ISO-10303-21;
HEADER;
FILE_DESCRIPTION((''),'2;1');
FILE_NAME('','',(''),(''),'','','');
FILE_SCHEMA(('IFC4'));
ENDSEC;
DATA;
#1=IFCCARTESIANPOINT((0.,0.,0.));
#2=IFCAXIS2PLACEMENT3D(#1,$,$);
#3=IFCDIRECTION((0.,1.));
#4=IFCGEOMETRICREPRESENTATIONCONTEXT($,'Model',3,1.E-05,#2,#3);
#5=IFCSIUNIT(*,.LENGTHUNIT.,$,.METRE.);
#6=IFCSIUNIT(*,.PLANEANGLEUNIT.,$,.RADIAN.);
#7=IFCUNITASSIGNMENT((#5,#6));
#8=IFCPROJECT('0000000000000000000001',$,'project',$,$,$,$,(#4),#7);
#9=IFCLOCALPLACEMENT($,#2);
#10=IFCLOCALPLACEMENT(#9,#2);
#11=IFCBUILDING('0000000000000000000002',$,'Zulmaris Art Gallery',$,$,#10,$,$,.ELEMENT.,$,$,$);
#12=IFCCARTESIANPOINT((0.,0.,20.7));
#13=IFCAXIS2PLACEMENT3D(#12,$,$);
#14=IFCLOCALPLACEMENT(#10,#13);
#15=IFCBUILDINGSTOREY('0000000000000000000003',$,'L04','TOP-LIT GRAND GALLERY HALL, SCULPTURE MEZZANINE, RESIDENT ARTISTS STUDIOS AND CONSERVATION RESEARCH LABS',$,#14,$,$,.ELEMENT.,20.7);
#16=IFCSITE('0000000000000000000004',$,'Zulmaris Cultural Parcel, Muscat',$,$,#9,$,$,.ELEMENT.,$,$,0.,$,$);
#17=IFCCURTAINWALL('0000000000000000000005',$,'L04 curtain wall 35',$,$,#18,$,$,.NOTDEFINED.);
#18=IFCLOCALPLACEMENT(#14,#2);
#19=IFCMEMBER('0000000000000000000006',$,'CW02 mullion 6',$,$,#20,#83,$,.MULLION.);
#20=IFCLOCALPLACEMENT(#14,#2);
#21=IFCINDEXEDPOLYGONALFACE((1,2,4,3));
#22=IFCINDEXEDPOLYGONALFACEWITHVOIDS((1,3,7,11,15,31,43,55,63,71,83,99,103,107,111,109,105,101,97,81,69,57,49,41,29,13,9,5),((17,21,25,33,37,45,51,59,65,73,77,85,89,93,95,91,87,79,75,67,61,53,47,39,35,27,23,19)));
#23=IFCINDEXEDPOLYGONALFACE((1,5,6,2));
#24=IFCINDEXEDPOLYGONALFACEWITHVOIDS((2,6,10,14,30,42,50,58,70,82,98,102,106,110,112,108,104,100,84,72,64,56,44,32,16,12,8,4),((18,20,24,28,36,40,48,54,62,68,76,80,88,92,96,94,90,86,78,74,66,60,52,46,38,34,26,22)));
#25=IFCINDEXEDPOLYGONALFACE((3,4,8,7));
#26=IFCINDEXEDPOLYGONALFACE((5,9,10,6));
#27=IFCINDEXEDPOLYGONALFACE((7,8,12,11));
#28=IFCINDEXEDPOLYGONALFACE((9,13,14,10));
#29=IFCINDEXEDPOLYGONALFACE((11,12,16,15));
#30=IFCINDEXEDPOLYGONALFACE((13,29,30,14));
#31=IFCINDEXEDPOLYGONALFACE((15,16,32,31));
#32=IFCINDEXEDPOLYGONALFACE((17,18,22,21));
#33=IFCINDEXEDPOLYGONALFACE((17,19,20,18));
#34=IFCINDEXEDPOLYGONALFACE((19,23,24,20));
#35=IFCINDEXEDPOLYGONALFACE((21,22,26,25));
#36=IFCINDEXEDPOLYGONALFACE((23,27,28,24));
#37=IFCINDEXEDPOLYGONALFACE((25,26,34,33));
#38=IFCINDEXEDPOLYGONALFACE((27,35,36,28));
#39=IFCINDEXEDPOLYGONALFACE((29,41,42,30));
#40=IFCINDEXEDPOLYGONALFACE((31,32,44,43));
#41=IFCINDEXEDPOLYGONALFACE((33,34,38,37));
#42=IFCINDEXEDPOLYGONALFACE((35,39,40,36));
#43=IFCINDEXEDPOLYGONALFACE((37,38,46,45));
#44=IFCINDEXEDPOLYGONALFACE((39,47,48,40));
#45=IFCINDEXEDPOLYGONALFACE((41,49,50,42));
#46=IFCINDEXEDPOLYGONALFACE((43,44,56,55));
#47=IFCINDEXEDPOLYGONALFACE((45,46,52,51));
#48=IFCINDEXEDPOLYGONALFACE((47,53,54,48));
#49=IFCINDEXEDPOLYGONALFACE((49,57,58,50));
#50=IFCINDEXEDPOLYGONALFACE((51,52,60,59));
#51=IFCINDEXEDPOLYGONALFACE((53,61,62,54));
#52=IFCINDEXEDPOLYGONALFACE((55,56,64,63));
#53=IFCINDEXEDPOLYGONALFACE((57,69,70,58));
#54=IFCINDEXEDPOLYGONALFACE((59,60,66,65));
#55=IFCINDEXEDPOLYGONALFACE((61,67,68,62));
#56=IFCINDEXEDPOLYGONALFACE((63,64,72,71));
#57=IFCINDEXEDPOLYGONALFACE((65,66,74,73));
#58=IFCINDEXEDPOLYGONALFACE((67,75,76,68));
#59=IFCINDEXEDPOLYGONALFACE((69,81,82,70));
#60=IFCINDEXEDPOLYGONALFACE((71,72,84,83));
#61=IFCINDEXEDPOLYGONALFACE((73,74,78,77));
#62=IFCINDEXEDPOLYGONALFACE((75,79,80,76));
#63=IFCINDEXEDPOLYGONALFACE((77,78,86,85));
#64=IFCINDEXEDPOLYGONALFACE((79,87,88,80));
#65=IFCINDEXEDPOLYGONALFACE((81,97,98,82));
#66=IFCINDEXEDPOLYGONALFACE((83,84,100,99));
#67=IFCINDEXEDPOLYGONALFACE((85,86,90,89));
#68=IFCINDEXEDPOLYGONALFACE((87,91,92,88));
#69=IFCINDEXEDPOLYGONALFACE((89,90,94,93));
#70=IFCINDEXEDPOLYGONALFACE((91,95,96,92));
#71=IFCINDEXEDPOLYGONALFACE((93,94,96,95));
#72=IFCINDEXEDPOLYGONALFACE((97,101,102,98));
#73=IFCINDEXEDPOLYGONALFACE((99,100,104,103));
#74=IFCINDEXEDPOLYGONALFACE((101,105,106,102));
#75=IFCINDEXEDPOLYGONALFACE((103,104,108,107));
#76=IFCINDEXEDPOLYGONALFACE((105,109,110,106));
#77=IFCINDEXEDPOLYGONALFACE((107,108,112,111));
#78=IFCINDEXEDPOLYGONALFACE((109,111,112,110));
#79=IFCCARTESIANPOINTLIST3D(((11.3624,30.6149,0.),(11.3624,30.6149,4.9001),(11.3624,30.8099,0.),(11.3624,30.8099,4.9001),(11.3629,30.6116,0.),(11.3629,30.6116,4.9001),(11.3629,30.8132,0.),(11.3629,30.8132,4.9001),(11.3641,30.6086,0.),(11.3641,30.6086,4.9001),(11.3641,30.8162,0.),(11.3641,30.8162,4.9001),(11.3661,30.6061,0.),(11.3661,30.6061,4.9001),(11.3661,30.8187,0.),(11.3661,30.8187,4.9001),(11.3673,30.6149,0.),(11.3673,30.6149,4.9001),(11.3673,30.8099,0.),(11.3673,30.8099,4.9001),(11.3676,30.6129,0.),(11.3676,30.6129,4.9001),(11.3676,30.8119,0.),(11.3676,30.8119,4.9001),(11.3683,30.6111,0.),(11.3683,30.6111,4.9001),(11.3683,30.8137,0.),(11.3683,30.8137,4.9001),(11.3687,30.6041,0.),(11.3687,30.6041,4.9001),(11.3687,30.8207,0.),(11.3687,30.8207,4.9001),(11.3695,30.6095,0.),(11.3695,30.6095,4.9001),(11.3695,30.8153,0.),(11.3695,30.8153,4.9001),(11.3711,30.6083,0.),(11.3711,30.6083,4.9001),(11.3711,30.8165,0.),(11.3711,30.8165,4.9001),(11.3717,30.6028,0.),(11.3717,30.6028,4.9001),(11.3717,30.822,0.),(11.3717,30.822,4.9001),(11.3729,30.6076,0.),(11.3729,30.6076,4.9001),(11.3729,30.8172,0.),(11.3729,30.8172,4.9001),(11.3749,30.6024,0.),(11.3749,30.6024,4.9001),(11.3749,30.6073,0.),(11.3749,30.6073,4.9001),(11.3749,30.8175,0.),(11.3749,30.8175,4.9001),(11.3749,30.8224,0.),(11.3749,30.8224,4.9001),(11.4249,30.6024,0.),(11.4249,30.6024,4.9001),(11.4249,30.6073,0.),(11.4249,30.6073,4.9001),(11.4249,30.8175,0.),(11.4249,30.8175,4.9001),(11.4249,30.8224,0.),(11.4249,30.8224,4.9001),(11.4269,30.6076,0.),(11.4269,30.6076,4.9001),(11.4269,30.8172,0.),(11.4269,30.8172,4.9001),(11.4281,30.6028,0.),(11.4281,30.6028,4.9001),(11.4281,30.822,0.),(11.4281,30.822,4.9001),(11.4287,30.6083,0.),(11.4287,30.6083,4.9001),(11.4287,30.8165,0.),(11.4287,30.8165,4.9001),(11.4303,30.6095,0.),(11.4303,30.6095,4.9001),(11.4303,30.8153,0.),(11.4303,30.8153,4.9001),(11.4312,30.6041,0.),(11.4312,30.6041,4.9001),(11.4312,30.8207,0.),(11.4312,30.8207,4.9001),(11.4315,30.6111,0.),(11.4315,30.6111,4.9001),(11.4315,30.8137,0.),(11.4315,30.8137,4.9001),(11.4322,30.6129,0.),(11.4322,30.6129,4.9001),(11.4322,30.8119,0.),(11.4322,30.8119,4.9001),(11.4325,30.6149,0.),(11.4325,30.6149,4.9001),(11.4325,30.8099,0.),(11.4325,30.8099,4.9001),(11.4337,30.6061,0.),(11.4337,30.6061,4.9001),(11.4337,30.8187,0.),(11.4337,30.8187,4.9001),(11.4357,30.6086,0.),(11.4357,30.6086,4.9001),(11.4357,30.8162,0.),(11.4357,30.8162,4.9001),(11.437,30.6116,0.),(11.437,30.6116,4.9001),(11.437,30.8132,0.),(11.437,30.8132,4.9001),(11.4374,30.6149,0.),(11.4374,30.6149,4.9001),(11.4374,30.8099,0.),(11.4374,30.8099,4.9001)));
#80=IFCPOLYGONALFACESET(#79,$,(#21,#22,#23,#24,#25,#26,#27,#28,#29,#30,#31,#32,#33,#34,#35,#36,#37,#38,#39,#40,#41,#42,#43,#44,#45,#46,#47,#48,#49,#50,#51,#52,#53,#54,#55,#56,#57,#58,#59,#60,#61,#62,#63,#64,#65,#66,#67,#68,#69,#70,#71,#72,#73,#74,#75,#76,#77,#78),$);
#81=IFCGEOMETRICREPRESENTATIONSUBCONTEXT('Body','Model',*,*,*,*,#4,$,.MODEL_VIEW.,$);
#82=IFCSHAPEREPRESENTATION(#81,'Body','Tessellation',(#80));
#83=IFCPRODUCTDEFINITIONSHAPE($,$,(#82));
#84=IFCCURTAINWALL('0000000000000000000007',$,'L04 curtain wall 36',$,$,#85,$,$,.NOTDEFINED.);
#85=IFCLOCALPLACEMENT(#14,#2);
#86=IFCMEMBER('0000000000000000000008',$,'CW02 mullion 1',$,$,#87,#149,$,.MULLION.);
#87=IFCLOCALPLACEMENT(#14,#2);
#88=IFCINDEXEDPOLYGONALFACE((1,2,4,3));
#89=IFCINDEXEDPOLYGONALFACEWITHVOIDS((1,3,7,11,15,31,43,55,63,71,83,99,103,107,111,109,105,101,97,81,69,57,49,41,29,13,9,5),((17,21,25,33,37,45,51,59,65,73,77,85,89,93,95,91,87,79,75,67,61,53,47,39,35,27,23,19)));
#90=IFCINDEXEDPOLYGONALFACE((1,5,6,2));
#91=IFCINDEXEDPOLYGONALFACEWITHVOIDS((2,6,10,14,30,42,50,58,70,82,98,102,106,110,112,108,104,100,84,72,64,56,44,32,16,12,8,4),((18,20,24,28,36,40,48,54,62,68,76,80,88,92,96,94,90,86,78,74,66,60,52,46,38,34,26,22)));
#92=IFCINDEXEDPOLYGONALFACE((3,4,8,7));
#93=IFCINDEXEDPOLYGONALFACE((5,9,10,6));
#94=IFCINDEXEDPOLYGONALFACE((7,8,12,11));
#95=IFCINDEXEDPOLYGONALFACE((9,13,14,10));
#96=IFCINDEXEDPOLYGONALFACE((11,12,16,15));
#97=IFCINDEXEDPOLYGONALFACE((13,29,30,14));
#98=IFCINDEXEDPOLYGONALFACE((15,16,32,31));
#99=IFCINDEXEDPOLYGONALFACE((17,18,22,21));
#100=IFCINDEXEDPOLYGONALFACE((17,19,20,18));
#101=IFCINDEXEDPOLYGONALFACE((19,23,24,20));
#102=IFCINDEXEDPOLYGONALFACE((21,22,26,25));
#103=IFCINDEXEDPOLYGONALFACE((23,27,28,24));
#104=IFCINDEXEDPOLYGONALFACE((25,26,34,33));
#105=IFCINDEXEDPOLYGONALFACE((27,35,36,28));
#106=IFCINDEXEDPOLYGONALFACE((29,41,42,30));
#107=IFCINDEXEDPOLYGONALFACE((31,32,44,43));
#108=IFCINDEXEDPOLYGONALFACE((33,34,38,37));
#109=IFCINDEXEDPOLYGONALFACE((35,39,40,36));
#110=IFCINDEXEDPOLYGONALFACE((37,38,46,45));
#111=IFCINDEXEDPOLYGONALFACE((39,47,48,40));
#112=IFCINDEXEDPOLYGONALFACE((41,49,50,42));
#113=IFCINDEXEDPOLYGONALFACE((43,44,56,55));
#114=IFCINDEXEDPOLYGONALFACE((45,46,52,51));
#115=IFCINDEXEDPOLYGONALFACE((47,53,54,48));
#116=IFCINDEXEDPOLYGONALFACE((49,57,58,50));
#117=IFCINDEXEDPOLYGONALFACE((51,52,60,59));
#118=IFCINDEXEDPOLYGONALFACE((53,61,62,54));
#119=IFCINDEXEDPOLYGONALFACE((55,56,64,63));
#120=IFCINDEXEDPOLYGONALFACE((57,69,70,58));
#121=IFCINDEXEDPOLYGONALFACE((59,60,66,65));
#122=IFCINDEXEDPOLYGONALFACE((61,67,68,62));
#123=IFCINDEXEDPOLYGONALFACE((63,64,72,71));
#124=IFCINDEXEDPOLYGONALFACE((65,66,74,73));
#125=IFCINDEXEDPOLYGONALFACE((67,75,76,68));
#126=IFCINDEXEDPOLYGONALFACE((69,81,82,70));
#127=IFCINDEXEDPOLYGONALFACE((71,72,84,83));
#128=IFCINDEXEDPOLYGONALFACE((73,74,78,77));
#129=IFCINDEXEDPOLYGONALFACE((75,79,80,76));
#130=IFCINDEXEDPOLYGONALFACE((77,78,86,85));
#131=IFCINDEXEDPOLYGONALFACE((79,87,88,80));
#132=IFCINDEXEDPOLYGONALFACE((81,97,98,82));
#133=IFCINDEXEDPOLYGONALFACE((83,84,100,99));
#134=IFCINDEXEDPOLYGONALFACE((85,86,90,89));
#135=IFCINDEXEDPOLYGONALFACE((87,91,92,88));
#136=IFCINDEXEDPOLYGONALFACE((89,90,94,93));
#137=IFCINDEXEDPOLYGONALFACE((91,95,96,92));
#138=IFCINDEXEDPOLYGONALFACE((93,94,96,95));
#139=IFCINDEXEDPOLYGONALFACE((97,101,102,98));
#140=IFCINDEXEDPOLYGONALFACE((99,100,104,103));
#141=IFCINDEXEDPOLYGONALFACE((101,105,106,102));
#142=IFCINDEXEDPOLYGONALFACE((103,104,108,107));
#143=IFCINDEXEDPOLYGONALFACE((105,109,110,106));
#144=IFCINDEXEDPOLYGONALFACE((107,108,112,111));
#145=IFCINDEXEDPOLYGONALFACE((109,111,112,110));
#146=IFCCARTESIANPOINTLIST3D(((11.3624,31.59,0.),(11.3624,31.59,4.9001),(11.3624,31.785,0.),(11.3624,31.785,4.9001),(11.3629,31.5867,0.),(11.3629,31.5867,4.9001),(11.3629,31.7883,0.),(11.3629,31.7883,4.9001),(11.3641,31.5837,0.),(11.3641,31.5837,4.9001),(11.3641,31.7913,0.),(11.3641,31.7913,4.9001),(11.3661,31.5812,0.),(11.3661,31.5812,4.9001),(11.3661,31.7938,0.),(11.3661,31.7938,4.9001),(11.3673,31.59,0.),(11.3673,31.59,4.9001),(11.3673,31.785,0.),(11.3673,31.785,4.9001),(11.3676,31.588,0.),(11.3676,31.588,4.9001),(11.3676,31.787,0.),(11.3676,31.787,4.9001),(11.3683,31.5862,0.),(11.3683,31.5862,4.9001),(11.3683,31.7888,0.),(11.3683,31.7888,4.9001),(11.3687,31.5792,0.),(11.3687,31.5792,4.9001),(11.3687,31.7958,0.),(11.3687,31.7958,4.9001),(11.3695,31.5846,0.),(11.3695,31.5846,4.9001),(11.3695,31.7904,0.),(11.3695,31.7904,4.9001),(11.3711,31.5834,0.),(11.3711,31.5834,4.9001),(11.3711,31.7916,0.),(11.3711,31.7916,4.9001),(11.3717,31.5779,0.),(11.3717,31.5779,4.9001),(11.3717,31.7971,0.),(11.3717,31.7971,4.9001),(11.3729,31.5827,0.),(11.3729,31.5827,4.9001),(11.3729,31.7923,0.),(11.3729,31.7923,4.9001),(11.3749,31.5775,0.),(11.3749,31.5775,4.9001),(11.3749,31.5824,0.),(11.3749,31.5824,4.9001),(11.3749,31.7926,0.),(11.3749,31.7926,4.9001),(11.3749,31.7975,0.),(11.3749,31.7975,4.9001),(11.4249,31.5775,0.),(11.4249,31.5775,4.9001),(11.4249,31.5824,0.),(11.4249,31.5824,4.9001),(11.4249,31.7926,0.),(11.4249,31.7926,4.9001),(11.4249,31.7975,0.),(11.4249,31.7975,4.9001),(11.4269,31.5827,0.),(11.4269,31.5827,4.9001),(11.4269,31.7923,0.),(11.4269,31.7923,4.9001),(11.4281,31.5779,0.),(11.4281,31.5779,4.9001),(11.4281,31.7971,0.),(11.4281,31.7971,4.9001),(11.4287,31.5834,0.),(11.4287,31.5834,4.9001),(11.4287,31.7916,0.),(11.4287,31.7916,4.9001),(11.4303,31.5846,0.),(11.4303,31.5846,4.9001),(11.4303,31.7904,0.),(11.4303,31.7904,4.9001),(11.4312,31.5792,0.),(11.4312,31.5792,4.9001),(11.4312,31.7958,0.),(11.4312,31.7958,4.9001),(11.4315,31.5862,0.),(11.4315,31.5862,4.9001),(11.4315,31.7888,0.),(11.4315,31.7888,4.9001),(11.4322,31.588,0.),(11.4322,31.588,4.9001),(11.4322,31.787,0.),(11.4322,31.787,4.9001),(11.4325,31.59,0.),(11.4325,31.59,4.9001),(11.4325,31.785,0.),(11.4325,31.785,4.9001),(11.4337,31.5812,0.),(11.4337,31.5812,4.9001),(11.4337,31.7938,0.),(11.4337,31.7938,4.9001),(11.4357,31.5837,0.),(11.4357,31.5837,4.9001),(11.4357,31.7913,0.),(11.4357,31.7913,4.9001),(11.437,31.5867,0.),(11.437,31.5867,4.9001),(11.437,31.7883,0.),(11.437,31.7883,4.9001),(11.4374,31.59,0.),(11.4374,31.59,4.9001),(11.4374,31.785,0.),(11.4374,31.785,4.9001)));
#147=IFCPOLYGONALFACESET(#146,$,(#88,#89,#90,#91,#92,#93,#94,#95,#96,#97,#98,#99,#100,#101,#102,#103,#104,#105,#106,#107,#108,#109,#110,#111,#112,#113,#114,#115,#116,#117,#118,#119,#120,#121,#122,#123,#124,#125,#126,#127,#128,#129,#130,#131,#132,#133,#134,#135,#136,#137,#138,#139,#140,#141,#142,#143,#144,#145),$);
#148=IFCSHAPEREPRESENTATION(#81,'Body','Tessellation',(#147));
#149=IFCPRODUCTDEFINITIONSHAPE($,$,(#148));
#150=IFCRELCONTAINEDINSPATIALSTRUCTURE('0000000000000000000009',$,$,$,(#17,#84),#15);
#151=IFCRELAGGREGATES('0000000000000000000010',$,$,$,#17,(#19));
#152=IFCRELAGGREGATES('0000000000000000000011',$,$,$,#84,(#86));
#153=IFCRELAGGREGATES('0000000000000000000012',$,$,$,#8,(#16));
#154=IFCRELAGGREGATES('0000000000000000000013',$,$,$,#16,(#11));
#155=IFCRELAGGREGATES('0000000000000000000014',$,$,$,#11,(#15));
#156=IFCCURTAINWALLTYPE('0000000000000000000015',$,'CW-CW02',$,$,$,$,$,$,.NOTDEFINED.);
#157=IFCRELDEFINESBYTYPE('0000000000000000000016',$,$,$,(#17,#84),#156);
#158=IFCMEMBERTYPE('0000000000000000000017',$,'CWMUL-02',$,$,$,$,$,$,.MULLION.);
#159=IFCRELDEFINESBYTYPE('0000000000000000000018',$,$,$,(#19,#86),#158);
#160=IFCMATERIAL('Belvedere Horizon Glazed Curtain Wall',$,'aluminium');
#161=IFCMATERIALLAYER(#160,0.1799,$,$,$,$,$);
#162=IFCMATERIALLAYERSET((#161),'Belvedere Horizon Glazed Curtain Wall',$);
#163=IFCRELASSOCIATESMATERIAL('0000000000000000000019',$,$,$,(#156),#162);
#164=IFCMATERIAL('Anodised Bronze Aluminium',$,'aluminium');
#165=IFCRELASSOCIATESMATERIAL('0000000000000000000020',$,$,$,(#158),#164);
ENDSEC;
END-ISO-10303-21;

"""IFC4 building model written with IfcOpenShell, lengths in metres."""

from ifc_helpers import new_model, si_unit, direction, frame, origin, origin_2d, place, context, subcontext, project, spatial, hollow_rectangle, extrude, material, layer, layer_set, material_profile, profile_set, type_object, element, aggregate, save


model = new_model("IFC4")

# Units and contexts
model_context = context("Model", 3, precision=1e-05, world=origin(), true_north=direction((0.0, 1.0)))
body_context = subcontext(model_context, "Body", "Model", "MODEL_VIEW")
ifc_project = project(units=[si_unit("LENGTHUNIT", "METRE"), si_unit("PLANEANGLEUNIT", "RADIAN")], contexts=[model_context])

# Site, building, storey
site_placement = place(None, origin())
site = spatial("IfcSite", under=ifc_project, at=site_placement, Name="Zulmaris Cultural Parcel, Muscat", CompositionType="ELEMENT", RefElevation=0.0)
building_placement = place(site_placement, origin())
building = spatial("IfcBuilding", under=site, at=building_placement, Name="Zulmaris Art Gallery", CompositionType="ELEMENT")
storey_placement = place(building_placement, frame((0.0, 0.0, 20.7)))
storey = spatial("IfcBuildingStorey", under=building, at=storey_placement, Name="L04", Description="TOP-LIT GRAND GALLERY HALL, SCULPTURE MEZZANINE, RESIDENT ARTISTS STUDIOS AND CONSERVATION RESEARCH LABS", CompositionType="ELEMENT", Elevation=20.7)

# Curtain wall, member
ifc_material_1 = material(Name="Belvedere Horizon Glazed Curtain Wall", Category="aluminium")
ifc_layer_1 = layer(ifc_material_1, 0.1799)
ifc_layer_set_1 = layer_set([ifc_layer_1], Name="Belvedere Horizon Glazed Curtain Wall")
curtain_wall_type = type_object("IfcCurtainWallType", Name="CW-CW02", PredefinedType="NOTDEFINED", material=ifc_layer_set_1)
curtain_wall_1_placement = place(storey_placement, origin())
curtain_wall_1 = element("IfcCurtainWall", 1, at=curtain_wall_1_placement, inside=storey, type_object=curtain_wall_type, Name="L04 curtain wall 35", PredefinedType="NOTDEFINED")
ifc_material_2 = material(Name="Anodised Bronze Aluminium", Category="aluminium")
ifc_material_profile_1 = material_profile(ifc_material_2, hollow_rectangle(XDim=0.075, YDim=0.22, WallThickness=0.0049, InnerFilletRadius=0.0076, OuterFilletRadius=0.0125, at=origin_2d()), Name="ALU 75x220x5")
ifc_profile_set_1 = profile_set([ifc_material_profile_1], Name="Anodised Bronze Aluminium")
member_type_1 = type_object("IfcMemberType", Name="CWMUL-02", PredefinedType="MULLION", material=ifc_profile_set_1)
member_1_placement = place(storey_placement, frame((11.3999, 30.7124, 0.0), z_axis=(0.0, 0.0, 1.0), x_axis=(-1.0, 0.0, 0.0)))
member_1 = element("IfcMember", 2, at=member_1_placement, type_object=member_type_1, Name="CW02 mullion 6", PredefinedType="MULLION", context=body_context, shape_type="SweptSolid", body=[
    extrude(hollow_rectangle(XDim=0.075, YDim=0.22, WallThickness=0.0049, InnerFilletRadius=0.0076, OuterFilletRadius=0.0125, at=origin_2d()), origin(), (0.0, 0.0, 1.0), 4.9001),
])

# Curtain wall, member
curtain_wall_2_placement = place(storey_placement, origin())
curtain_wall_2 = element("IfcCurtainWall", 3, at=curtain_wall_2_placement, inside=storey, type_object=curtain_wall_type, Name="L04 curtain wall 36", PredefinedType="NOTDEFINED")
member_2_placement = place(storey_placement, frame((11.3999, 31.6875, 0.0), z_axis=(0.0, 0.0, 1.0), x_axis=(-1.0, 0.0, 0.0)))
member_2 = element("IfcMember", 4, at=member_2_placement, type_object=member_type_1, Name="CW02 mullion 1", PredefinedType="MULLION", context=body_context, shape_type="SweptSolid", body=[
    extrude(hollow_rectangle(XDim=0.075, YDim=0.22, WallThickness=0.0049, InnerFilletRadius=0.0076, OuterFilletRadius=0.0125, at=origin_2d()), origin(), (0.0, 0.0, 1.0), 4.9001),
])

aggregate(curtain_wall_1, [member_1])
aggregate(curtain_wall_2, [member_2])

save(model, "model.ifc")
